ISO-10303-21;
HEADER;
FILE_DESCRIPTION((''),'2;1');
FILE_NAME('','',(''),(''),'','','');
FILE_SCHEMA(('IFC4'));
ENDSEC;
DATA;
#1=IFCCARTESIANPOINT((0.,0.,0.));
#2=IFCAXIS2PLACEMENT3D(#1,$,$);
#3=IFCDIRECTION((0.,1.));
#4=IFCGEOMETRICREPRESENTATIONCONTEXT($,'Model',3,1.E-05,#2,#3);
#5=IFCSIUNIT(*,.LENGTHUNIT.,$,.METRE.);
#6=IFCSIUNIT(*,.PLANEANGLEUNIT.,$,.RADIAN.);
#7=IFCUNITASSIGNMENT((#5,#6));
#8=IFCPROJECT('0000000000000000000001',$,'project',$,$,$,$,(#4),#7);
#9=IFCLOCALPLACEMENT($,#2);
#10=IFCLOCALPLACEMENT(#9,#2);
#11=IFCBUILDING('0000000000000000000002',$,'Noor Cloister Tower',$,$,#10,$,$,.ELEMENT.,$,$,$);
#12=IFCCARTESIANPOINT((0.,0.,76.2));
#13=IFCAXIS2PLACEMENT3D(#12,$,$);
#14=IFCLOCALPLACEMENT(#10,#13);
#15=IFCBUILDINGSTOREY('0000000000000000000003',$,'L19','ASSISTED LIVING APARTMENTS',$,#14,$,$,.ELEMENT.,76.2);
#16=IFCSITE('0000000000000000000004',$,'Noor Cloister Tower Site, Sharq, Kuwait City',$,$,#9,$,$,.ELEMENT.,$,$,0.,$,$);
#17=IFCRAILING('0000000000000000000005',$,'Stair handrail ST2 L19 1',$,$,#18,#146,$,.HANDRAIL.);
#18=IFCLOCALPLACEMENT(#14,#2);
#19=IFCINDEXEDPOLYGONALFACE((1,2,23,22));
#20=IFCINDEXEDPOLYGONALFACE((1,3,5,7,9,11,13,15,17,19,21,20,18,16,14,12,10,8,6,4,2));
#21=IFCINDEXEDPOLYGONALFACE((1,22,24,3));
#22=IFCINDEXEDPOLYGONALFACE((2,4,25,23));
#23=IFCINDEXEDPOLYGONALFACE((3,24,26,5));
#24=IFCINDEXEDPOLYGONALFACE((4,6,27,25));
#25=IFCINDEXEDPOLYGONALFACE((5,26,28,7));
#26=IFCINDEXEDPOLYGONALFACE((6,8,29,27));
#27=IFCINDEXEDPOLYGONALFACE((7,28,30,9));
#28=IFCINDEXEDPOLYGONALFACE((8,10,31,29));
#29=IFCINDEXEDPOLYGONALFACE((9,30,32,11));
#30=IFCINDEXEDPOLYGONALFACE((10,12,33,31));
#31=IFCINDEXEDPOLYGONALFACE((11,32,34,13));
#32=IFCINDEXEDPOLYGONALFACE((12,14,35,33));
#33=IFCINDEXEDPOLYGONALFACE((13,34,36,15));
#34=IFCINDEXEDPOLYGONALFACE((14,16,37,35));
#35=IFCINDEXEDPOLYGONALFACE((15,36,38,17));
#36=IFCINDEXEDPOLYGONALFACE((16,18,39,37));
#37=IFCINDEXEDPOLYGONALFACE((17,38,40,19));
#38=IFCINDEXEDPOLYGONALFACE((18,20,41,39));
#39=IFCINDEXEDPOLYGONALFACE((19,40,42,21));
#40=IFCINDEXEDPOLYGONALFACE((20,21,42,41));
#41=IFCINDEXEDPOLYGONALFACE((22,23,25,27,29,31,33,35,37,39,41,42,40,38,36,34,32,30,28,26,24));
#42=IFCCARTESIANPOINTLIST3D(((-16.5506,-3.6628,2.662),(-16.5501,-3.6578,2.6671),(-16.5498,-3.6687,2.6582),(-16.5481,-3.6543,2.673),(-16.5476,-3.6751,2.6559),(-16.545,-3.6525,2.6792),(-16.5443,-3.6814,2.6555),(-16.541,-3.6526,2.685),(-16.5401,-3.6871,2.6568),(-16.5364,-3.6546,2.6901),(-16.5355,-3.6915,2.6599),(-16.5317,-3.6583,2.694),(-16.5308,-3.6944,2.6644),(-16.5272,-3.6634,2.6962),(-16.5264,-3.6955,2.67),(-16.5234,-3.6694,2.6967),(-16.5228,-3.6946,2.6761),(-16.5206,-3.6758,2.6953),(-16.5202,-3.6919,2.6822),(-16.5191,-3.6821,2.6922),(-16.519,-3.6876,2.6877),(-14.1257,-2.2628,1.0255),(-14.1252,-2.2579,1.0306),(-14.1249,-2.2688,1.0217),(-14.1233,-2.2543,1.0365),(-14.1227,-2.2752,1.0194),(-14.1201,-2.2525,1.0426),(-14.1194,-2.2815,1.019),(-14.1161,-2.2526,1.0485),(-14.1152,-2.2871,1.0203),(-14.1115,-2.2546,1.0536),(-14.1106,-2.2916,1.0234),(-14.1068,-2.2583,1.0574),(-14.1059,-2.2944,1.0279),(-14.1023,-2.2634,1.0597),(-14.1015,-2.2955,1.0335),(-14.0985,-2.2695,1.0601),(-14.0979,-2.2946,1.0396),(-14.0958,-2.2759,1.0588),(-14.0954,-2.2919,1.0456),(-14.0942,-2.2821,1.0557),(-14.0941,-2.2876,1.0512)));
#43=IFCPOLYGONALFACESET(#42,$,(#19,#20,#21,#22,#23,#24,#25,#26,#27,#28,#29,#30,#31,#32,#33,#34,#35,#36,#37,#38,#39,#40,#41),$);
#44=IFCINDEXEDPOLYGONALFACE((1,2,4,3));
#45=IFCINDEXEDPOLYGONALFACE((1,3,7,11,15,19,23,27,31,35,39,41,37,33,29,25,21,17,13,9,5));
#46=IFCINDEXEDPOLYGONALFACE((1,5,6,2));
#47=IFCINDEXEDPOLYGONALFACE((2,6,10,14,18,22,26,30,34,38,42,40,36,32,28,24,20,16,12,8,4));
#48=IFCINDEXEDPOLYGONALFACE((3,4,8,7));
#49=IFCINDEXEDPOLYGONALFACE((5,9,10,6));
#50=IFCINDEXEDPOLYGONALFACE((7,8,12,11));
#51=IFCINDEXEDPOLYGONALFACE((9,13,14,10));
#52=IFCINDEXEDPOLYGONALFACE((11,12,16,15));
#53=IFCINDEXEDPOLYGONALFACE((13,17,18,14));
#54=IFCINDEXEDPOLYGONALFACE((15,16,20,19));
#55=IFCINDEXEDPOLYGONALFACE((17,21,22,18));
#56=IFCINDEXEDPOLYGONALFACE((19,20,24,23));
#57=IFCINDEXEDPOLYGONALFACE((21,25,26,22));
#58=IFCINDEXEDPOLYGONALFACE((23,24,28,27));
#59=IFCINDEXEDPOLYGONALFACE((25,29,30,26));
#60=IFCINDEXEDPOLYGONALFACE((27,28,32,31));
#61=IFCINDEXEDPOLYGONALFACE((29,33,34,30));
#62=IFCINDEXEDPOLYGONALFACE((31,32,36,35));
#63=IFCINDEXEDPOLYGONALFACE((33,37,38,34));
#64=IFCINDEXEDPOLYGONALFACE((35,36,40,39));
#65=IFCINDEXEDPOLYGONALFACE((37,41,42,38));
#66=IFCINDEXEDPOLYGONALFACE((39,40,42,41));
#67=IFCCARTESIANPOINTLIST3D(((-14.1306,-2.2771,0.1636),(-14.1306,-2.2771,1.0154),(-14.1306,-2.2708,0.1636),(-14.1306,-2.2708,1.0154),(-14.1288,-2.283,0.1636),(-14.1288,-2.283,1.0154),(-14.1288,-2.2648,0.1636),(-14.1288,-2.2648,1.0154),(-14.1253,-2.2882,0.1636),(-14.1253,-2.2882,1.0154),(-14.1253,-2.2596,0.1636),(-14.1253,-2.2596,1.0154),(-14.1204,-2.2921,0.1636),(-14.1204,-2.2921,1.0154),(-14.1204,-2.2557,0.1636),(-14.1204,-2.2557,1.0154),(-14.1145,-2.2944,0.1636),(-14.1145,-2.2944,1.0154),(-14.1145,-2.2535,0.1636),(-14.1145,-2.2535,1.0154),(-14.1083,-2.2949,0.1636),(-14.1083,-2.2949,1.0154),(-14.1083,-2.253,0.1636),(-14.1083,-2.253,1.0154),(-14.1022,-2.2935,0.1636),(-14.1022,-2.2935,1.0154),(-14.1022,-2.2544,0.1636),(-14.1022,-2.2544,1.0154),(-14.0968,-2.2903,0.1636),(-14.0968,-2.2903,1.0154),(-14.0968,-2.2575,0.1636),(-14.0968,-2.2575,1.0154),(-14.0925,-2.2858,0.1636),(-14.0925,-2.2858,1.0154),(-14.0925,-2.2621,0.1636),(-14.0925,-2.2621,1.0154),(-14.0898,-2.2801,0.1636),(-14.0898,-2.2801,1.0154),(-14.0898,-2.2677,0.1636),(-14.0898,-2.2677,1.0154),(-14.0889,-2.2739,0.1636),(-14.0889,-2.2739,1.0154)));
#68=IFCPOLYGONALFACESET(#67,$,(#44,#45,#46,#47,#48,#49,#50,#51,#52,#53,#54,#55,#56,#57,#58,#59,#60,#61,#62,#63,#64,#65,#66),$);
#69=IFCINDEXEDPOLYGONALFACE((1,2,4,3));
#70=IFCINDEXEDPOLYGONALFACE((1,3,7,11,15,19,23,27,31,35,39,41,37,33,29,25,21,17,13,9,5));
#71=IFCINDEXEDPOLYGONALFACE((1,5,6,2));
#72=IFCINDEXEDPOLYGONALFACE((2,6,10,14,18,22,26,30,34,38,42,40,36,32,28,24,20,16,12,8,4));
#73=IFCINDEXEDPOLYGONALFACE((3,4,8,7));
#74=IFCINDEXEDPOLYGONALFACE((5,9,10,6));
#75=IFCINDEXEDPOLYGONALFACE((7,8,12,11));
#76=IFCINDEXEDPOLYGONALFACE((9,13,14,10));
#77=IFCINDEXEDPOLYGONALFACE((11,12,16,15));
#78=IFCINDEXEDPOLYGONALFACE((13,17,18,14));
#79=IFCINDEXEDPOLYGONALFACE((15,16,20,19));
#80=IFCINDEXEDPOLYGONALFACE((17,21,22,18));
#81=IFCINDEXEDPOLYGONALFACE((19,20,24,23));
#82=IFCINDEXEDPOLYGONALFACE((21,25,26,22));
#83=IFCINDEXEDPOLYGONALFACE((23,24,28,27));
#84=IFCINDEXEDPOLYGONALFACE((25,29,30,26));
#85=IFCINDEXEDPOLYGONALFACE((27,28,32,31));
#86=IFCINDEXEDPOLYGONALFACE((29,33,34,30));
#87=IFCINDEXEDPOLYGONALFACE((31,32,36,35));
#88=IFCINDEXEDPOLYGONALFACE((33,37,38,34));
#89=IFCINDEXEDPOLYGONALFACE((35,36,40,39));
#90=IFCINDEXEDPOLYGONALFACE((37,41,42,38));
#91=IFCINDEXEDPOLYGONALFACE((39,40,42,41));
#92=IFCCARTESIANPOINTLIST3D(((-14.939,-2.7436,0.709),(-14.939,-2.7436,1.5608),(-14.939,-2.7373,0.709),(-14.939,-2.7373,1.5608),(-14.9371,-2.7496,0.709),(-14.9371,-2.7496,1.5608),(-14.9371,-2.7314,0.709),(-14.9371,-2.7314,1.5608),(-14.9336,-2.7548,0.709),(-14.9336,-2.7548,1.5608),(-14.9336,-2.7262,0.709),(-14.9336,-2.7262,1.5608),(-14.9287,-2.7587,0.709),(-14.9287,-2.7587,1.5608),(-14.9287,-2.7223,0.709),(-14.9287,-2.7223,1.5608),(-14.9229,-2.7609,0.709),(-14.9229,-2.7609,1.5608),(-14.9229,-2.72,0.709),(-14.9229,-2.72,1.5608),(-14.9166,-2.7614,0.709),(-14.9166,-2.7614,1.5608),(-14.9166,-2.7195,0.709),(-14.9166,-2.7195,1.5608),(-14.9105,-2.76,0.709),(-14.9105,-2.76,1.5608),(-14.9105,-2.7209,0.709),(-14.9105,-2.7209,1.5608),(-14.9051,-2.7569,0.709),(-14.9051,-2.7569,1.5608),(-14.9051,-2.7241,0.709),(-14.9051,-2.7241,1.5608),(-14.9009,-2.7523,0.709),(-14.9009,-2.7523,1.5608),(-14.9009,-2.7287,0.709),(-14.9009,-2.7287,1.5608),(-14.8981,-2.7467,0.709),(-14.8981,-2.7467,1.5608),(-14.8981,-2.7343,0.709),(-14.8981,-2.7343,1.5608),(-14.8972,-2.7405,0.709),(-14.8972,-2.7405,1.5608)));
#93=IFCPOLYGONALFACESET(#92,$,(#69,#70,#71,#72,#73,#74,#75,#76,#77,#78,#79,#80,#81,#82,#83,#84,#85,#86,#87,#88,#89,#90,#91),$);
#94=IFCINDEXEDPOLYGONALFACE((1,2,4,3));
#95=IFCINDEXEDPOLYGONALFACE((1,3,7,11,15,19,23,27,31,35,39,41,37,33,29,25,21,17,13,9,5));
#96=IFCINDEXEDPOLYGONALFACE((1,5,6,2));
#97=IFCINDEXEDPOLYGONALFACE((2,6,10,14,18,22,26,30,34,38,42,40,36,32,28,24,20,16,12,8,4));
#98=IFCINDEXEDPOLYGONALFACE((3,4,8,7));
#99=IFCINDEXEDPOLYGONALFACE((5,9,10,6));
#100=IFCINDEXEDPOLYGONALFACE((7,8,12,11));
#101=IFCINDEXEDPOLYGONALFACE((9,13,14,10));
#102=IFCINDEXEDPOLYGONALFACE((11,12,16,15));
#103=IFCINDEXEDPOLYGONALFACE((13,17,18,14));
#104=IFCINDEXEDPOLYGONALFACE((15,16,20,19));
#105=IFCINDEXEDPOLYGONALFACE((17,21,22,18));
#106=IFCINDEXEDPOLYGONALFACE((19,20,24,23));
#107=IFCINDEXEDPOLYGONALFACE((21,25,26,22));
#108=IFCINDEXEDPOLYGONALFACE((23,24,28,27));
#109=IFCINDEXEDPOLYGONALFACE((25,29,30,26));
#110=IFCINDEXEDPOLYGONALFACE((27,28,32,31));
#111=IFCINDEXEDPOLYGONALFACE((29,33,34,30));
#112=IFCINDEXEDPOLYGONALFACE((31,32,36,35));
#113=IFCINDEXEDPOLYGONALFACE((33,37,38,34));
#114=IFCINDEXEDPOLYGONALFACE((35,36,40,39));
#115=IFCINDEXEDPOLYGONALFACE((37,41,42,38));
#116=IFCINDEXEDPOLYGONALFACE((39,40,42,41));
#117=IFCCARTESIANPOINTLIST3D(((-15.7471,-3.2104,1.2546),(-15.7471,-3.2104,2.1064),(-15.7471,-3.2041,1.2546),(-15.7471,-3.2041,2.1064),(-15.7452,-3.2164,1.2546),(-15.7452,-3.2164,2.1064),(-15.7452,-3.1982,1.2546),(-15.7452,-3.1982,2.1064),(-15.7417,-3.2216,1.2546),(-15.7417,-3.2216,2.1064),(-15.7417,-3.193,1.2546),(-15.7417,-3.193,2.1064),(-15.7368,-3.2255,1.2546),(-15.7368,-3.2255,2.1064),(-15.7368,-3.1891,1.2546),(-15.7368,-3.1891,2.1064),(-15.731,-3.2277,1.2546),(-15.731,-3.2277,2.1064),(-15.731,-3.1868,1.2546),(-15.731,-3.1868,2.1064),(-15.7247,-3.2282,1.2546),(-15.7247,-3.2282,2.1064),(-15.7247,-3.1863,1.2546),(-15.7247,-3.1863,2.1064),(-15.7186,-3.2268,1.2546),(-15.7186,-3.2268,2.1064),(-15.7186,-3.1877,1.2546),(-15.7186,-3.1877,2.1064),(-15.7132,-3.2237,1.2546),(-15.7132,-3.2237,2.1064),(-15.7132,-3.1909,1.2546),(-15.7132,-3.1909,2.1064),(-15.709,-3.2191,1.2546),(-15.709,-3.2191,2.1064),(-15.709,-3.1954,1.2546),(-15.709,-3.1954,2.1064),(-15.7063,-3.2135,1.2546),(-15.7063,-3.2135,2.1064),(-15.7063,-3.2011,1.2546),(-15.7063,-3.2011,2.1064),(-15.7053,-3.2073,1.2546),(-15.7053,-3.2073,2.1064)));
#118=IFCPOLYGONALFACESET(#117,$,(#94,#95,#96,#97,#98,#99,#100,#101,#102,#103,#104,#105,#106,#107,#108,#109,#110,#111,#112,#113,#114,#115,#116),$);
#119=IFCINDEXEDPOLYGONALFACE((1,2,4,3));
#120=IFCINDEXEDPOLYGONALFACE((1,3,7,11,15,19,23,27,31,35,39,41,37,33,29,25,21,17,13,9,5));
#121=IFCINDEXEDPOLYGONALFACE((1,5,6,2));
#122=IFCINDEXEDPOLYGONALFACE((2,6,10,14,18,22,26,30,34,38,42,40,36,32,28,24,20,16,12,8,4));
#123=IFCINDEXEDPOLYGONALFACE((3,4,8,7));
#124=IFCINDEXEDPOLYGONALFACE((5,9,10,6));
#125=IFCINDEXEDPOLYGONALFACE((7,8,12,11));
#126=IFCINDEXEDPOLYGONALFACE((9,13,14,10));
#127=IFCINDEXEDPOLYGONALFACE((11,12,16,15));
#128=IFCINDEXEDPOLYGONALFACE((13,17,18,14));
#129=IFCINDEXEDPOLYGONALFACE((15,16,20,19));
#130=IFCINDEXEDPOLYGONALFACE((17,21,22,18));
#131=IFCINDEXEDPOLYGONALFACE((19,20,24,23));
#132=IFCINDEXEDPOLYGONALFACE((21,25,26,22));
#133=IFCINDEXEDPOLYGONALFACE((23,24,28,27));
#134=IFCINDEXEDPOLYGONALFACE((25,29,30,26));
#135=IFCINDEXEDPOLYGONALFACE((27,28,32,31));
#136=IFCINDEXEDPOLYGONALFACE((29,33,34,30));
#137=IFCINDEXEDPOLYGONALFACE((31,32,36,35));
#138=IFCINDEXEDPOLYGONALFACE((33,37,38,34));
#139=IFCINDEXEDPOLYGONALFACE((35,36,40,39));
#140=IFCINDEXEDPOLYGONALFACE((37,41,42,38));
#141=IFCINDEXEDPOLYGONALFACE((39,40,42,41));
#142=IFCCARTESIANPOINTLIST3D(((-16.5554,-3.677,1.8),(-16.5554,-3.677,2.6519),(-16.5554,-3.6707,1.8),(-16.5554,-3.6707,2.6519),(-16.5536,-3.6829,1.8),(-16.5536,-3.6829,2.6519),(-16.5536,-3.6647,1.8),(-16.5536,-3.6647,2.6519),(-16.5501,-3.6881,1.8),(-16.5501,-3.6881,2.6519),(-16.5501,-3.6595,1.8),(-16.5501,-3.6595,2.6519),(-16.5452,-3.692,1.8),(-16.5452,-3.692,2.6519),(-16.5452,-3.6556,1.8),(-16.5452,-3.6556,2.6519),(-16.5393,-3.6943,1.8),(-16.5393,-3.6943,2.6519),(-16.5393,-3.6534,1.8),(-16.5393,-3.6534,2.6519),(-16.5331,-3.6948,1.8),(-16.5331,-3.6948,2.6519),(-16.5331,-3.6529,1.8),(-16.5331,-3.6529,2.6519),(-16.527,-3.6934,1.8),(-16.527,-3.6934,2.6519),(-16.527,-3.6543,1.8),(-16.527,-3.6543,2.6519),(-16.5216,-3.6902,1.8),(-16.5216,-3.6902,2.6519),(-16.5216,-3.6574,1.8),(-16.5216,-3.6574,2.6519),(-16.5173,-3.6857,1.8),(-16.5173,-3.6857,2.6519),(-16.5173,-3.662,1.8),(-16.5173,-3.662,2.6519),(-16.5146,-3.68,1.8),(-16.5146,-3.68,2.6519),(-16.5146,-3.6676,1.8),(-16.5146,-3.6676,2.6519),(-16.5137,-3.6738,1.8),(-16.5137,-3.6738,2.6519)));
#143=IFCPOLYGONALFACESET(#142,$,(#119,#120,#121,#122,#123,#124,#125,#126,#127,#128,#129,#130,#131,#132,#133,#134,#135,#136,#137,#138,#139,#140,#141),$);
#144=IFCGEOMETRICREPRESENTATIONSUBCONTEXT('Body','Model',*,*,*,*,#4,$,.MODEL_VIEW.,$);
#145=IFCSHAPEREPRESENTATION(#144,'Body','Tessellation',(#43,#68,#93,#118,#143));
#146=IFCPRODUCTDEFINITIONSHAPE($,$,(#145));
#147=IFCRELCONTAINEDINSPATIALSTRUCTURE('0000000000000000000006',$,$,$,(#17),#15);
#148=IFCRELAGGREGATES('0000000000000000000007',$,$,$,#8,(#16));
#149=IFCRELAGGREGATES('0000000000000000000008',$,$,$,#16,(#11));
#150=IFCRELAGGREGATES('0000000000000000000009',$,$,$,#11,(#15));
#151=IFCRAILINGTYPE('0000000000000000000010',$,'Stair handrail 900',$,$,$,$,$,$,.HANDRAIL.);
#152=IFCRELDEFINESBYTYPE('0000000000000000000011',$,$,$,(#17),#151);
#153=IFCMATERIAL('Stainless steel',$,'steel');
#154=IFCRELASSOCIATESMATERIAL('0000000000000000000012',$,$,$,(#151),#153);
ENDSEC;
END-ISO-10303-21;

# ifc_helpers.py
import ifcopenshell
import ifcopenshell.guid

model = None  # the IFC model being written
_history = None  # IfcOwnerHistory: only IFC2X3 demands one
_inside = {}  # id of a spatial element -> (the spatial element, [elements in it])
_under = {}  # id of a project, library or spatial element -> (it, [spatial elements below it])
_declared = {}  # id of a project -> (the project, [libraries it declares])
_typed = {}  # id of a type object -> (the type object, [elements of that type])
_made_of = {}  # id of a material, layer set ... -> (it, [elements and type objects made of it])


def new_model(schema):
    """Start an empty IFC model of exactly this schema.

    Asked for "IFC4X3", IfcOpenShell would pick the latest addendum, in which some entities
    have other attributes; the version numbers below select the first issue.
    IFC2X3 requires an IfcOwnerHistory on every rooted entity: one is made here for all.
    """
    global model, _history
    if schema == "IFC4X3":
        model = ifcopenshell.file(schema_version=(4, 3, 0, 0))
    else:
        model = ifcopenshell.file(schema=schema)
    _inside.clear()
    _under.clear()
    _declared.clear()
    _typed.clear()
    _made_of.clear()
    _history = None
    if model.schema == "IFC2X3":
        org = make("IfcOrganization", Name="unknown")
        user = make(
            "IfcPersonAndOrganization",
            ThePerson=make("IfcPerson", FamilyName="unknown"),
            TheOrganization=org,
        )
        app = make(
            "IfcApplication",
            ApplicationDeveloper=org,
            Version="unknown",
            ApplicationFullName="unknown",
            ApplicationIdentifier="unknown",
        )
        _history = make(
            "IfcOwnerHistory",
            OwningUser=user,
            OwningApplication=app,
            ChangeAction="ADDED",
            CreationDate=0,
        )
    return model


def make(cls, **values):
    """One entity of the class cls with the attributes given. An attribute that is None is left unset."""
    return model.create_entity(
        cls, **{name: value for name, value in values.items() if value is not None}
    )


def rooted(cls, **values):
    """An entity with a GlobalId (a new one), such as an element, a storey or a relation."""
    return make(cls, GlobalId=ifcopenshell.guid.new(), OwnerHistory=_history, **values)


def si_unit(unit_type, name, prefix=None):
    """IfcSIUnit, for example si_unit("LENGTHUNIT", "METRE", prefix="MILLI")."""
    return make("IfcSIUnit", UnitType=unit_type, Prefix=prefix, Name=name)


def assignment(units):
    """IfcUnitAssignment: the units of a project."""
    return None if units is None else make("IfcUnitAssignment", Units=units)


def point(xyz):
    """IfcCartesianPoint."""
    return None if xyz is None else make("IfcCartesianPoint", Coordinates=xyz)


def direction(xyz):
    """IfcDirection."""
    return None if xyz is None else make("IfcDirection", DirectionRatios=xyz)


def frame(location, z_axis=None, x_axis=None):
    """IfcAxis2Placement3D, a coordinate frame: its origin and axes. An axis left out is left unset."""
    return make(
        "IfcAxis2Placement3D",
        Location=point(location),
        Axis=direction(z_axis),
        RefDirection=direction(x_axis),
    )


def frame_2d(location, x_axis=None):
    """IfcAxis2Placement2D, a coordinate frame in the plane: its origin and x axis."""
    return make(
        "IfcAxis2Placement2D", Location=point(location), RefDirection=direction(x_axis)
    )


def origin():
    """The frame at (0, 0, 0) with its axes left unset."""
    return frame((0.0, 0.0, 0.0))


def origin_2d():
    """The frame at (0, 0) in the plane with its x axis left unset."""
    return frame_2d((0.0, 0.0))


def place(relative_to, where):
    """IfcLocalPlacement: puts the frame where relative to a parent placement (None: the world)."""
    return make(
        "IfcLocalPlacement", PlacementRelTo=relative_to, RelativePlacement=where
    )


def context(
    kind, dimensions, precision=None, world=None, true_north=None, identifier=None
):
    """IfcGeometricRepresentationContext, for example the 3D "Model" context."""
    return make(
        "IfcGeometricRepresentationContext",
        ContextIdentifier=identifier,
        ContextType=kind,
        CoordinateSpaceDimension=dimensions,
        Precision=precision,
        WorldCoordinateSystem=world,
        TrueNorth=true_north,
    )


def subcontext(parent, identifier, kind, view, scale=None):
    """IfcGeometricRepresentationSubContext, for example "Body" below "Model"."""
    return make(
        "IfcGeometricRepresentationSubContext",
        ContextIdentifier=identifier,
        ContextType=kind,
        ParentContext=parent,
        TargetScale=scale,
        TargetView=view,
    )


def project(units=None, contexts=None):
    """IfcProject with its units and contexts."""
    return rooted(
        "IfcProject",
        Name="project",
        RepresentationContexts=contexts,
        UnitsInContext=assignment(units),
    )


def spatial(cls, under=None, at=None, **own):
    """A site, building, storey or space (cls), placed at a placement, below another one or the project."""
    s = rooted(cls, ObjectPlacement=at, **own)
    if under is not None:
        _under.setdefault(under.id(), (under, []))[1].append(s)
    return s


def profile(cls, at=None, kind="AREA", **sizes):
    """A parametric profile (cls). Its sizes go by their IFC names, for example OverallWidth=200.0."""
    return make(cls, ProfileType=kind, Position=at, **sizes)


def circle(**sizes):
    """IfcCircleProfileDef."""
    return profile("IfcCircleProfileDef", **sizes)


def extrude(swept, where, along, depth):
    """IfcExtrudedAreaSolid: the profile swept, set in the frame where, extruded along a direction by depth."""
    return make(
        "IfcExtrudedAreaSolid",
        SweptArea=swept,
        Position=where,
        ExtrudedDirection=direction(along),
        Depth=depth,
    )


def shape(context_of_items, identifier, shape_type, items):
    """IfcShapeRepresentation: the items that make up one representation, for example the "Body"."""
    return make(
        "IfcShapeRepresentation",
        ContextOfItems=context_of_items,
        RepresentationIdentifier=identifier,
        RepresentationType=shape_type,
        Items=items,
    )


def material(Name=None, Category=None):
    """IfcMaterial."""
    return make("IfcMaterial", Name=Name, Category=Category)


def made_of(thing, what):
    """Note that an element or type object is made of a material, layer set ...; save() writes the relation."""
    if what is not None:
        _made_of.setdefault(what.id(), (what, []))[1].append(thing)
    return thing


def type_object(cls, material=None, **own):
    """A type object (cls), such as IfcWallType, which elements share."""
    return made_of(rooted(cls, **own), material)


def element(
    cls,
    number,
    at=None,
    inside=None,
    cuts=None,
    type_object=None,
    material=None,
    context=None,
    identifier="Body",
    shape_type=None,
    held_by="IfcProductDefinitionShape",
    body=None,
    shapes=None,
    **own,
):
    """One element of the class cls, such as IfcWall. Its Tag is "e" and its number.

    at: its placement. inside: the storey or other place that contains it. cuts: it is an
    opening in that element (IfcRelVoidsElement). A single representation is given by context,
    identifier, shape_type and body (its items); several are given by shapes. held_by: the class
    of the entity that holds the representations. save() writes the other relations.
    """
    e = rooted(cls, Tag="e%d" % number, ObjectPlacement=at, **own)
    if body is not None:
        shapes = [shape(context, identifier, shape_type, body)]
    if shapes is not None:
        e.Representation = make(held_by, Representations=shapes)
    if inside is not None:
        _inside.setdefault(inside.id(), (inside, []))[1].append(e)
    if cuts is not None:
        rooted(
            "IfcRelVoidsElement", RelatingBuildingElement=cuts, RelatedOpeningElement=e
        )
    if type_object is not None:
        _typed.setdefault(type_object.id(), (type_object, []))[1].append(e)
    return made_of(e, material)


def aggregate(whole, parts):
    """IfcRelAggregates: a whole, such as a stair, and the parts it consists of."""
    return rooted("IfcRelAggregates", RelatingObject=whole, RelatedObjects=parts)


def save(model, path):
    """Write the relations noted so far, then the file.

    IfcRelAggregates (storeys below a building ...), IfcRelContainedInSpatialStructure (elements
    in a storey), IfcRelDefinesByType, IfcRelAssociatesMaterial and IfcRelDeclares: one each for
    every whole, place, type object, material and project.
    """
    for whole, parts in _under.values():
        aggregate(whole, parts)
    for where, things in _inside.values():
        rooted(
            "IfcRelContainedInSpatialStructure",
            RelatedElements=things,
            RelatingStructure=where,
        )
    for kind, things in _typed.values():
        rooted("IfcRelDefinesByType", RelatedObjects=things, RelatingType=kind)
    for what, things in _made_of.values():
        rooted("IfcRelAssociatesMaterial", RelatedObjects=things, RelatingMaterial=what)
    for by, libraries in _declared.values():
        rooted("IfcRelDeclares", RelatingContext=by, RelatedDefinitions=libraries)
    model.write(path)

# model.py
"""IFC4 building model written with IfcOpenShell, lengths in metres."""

from ifc_helpers import new_model, si_unit, direction, frame, origin, origin_2d, place, context, subcontext, project, spatial, circle, extrude, material, type_object, element, save


model = new_model("IFC4")

# Units and contexts
model_context = context("Model", 3, precision=1e-05, world=origin(), true_north=direction((0.0, 1.0)))
body_context = subcontext(model_context, "Body", "Model", "MODEL_VIEW")
ifc_project = project(units=[si_unit("LENGTHUNIT", "METRE"), si_unit("PLANEANGLEUNIT", "RADIAN")], contexts=[model_context])

# Site, building, storey
site_placement = place(None, origin())
site = spatial("IfcSite", under=ifc_project, at=site_placement, Name="Noor Cloister Tower Site, Sharq, Kuwait City", CompositionType="ELEMENT", RefElevation=0.0)
building_placement = place(site_placement, origin())
building = spatial("IfcBuilding", under=site, at=building_placement, Name="Noor Cloister Tower", CompositionType="ELEMENT")
storey_placement = place(building_placement, frame((0.0, 0.0, 76.2)))
storey = spatial("IfcBuildingStorey", under=building, at=storey_placement, Name="L19", Description="ASSISTED LIVING APARTMENTS", CompositionType="ELEMENT", Elevation=76.2)

# Railing
ifc_material_1 = material(Name="Stainless steel", Category="steel")
railing_type_1 = type_object("IfcRailingType", Name="Stair handrail 900", PredefinedType="HANDRAIL", material=ifc_material_1)
railing_1_placement = place(storey_placement, frame((-14.1099, -2.2739, 0.1636)))
element("IfcRailing", 1, at=railing_1_placement, inside=storey, type_object=railing_type_1, Name="Stair handrail ST2 L19 1", PredefinedType="HANDRAIL", context=body_context, shape_type="SweptSolid", body=[
    extrude(circle(Radius=0.0239, at=origin_2d()), frame((0.0, 0.0, 0.876), z_axis=(-0.74769, -0.431661, 0.504608), x_axis=(0.499984, -0.866035, 0.0)), (0.0, 0.0, 1.0), 3.2432),
    extrude(circle(Radius=0.021, at=origin_2d()), origin(), (0.0, 0.0, 1.0), 0.8518),
    extrude(circle(Radius=0.021, at=origin_2d()), frame((-0.8083, -0.4666, 0.5454)), (0.0, 0.0, 1.0), 0.8518),
    extrude(circle(Radius=0.021, at=origin_2d()), frame((-1.6165, -0.9333, 1.0911)), (0.0, 0.0, 1.0), 0.8518),
    extrude(circle(Radius=0.021, at=origin_2d()), frame((-2.4248, -1.3999, 1.6365)), (0.0, 0.0, 1.0), 0.8518),
])

save(model, "model.ifc")
